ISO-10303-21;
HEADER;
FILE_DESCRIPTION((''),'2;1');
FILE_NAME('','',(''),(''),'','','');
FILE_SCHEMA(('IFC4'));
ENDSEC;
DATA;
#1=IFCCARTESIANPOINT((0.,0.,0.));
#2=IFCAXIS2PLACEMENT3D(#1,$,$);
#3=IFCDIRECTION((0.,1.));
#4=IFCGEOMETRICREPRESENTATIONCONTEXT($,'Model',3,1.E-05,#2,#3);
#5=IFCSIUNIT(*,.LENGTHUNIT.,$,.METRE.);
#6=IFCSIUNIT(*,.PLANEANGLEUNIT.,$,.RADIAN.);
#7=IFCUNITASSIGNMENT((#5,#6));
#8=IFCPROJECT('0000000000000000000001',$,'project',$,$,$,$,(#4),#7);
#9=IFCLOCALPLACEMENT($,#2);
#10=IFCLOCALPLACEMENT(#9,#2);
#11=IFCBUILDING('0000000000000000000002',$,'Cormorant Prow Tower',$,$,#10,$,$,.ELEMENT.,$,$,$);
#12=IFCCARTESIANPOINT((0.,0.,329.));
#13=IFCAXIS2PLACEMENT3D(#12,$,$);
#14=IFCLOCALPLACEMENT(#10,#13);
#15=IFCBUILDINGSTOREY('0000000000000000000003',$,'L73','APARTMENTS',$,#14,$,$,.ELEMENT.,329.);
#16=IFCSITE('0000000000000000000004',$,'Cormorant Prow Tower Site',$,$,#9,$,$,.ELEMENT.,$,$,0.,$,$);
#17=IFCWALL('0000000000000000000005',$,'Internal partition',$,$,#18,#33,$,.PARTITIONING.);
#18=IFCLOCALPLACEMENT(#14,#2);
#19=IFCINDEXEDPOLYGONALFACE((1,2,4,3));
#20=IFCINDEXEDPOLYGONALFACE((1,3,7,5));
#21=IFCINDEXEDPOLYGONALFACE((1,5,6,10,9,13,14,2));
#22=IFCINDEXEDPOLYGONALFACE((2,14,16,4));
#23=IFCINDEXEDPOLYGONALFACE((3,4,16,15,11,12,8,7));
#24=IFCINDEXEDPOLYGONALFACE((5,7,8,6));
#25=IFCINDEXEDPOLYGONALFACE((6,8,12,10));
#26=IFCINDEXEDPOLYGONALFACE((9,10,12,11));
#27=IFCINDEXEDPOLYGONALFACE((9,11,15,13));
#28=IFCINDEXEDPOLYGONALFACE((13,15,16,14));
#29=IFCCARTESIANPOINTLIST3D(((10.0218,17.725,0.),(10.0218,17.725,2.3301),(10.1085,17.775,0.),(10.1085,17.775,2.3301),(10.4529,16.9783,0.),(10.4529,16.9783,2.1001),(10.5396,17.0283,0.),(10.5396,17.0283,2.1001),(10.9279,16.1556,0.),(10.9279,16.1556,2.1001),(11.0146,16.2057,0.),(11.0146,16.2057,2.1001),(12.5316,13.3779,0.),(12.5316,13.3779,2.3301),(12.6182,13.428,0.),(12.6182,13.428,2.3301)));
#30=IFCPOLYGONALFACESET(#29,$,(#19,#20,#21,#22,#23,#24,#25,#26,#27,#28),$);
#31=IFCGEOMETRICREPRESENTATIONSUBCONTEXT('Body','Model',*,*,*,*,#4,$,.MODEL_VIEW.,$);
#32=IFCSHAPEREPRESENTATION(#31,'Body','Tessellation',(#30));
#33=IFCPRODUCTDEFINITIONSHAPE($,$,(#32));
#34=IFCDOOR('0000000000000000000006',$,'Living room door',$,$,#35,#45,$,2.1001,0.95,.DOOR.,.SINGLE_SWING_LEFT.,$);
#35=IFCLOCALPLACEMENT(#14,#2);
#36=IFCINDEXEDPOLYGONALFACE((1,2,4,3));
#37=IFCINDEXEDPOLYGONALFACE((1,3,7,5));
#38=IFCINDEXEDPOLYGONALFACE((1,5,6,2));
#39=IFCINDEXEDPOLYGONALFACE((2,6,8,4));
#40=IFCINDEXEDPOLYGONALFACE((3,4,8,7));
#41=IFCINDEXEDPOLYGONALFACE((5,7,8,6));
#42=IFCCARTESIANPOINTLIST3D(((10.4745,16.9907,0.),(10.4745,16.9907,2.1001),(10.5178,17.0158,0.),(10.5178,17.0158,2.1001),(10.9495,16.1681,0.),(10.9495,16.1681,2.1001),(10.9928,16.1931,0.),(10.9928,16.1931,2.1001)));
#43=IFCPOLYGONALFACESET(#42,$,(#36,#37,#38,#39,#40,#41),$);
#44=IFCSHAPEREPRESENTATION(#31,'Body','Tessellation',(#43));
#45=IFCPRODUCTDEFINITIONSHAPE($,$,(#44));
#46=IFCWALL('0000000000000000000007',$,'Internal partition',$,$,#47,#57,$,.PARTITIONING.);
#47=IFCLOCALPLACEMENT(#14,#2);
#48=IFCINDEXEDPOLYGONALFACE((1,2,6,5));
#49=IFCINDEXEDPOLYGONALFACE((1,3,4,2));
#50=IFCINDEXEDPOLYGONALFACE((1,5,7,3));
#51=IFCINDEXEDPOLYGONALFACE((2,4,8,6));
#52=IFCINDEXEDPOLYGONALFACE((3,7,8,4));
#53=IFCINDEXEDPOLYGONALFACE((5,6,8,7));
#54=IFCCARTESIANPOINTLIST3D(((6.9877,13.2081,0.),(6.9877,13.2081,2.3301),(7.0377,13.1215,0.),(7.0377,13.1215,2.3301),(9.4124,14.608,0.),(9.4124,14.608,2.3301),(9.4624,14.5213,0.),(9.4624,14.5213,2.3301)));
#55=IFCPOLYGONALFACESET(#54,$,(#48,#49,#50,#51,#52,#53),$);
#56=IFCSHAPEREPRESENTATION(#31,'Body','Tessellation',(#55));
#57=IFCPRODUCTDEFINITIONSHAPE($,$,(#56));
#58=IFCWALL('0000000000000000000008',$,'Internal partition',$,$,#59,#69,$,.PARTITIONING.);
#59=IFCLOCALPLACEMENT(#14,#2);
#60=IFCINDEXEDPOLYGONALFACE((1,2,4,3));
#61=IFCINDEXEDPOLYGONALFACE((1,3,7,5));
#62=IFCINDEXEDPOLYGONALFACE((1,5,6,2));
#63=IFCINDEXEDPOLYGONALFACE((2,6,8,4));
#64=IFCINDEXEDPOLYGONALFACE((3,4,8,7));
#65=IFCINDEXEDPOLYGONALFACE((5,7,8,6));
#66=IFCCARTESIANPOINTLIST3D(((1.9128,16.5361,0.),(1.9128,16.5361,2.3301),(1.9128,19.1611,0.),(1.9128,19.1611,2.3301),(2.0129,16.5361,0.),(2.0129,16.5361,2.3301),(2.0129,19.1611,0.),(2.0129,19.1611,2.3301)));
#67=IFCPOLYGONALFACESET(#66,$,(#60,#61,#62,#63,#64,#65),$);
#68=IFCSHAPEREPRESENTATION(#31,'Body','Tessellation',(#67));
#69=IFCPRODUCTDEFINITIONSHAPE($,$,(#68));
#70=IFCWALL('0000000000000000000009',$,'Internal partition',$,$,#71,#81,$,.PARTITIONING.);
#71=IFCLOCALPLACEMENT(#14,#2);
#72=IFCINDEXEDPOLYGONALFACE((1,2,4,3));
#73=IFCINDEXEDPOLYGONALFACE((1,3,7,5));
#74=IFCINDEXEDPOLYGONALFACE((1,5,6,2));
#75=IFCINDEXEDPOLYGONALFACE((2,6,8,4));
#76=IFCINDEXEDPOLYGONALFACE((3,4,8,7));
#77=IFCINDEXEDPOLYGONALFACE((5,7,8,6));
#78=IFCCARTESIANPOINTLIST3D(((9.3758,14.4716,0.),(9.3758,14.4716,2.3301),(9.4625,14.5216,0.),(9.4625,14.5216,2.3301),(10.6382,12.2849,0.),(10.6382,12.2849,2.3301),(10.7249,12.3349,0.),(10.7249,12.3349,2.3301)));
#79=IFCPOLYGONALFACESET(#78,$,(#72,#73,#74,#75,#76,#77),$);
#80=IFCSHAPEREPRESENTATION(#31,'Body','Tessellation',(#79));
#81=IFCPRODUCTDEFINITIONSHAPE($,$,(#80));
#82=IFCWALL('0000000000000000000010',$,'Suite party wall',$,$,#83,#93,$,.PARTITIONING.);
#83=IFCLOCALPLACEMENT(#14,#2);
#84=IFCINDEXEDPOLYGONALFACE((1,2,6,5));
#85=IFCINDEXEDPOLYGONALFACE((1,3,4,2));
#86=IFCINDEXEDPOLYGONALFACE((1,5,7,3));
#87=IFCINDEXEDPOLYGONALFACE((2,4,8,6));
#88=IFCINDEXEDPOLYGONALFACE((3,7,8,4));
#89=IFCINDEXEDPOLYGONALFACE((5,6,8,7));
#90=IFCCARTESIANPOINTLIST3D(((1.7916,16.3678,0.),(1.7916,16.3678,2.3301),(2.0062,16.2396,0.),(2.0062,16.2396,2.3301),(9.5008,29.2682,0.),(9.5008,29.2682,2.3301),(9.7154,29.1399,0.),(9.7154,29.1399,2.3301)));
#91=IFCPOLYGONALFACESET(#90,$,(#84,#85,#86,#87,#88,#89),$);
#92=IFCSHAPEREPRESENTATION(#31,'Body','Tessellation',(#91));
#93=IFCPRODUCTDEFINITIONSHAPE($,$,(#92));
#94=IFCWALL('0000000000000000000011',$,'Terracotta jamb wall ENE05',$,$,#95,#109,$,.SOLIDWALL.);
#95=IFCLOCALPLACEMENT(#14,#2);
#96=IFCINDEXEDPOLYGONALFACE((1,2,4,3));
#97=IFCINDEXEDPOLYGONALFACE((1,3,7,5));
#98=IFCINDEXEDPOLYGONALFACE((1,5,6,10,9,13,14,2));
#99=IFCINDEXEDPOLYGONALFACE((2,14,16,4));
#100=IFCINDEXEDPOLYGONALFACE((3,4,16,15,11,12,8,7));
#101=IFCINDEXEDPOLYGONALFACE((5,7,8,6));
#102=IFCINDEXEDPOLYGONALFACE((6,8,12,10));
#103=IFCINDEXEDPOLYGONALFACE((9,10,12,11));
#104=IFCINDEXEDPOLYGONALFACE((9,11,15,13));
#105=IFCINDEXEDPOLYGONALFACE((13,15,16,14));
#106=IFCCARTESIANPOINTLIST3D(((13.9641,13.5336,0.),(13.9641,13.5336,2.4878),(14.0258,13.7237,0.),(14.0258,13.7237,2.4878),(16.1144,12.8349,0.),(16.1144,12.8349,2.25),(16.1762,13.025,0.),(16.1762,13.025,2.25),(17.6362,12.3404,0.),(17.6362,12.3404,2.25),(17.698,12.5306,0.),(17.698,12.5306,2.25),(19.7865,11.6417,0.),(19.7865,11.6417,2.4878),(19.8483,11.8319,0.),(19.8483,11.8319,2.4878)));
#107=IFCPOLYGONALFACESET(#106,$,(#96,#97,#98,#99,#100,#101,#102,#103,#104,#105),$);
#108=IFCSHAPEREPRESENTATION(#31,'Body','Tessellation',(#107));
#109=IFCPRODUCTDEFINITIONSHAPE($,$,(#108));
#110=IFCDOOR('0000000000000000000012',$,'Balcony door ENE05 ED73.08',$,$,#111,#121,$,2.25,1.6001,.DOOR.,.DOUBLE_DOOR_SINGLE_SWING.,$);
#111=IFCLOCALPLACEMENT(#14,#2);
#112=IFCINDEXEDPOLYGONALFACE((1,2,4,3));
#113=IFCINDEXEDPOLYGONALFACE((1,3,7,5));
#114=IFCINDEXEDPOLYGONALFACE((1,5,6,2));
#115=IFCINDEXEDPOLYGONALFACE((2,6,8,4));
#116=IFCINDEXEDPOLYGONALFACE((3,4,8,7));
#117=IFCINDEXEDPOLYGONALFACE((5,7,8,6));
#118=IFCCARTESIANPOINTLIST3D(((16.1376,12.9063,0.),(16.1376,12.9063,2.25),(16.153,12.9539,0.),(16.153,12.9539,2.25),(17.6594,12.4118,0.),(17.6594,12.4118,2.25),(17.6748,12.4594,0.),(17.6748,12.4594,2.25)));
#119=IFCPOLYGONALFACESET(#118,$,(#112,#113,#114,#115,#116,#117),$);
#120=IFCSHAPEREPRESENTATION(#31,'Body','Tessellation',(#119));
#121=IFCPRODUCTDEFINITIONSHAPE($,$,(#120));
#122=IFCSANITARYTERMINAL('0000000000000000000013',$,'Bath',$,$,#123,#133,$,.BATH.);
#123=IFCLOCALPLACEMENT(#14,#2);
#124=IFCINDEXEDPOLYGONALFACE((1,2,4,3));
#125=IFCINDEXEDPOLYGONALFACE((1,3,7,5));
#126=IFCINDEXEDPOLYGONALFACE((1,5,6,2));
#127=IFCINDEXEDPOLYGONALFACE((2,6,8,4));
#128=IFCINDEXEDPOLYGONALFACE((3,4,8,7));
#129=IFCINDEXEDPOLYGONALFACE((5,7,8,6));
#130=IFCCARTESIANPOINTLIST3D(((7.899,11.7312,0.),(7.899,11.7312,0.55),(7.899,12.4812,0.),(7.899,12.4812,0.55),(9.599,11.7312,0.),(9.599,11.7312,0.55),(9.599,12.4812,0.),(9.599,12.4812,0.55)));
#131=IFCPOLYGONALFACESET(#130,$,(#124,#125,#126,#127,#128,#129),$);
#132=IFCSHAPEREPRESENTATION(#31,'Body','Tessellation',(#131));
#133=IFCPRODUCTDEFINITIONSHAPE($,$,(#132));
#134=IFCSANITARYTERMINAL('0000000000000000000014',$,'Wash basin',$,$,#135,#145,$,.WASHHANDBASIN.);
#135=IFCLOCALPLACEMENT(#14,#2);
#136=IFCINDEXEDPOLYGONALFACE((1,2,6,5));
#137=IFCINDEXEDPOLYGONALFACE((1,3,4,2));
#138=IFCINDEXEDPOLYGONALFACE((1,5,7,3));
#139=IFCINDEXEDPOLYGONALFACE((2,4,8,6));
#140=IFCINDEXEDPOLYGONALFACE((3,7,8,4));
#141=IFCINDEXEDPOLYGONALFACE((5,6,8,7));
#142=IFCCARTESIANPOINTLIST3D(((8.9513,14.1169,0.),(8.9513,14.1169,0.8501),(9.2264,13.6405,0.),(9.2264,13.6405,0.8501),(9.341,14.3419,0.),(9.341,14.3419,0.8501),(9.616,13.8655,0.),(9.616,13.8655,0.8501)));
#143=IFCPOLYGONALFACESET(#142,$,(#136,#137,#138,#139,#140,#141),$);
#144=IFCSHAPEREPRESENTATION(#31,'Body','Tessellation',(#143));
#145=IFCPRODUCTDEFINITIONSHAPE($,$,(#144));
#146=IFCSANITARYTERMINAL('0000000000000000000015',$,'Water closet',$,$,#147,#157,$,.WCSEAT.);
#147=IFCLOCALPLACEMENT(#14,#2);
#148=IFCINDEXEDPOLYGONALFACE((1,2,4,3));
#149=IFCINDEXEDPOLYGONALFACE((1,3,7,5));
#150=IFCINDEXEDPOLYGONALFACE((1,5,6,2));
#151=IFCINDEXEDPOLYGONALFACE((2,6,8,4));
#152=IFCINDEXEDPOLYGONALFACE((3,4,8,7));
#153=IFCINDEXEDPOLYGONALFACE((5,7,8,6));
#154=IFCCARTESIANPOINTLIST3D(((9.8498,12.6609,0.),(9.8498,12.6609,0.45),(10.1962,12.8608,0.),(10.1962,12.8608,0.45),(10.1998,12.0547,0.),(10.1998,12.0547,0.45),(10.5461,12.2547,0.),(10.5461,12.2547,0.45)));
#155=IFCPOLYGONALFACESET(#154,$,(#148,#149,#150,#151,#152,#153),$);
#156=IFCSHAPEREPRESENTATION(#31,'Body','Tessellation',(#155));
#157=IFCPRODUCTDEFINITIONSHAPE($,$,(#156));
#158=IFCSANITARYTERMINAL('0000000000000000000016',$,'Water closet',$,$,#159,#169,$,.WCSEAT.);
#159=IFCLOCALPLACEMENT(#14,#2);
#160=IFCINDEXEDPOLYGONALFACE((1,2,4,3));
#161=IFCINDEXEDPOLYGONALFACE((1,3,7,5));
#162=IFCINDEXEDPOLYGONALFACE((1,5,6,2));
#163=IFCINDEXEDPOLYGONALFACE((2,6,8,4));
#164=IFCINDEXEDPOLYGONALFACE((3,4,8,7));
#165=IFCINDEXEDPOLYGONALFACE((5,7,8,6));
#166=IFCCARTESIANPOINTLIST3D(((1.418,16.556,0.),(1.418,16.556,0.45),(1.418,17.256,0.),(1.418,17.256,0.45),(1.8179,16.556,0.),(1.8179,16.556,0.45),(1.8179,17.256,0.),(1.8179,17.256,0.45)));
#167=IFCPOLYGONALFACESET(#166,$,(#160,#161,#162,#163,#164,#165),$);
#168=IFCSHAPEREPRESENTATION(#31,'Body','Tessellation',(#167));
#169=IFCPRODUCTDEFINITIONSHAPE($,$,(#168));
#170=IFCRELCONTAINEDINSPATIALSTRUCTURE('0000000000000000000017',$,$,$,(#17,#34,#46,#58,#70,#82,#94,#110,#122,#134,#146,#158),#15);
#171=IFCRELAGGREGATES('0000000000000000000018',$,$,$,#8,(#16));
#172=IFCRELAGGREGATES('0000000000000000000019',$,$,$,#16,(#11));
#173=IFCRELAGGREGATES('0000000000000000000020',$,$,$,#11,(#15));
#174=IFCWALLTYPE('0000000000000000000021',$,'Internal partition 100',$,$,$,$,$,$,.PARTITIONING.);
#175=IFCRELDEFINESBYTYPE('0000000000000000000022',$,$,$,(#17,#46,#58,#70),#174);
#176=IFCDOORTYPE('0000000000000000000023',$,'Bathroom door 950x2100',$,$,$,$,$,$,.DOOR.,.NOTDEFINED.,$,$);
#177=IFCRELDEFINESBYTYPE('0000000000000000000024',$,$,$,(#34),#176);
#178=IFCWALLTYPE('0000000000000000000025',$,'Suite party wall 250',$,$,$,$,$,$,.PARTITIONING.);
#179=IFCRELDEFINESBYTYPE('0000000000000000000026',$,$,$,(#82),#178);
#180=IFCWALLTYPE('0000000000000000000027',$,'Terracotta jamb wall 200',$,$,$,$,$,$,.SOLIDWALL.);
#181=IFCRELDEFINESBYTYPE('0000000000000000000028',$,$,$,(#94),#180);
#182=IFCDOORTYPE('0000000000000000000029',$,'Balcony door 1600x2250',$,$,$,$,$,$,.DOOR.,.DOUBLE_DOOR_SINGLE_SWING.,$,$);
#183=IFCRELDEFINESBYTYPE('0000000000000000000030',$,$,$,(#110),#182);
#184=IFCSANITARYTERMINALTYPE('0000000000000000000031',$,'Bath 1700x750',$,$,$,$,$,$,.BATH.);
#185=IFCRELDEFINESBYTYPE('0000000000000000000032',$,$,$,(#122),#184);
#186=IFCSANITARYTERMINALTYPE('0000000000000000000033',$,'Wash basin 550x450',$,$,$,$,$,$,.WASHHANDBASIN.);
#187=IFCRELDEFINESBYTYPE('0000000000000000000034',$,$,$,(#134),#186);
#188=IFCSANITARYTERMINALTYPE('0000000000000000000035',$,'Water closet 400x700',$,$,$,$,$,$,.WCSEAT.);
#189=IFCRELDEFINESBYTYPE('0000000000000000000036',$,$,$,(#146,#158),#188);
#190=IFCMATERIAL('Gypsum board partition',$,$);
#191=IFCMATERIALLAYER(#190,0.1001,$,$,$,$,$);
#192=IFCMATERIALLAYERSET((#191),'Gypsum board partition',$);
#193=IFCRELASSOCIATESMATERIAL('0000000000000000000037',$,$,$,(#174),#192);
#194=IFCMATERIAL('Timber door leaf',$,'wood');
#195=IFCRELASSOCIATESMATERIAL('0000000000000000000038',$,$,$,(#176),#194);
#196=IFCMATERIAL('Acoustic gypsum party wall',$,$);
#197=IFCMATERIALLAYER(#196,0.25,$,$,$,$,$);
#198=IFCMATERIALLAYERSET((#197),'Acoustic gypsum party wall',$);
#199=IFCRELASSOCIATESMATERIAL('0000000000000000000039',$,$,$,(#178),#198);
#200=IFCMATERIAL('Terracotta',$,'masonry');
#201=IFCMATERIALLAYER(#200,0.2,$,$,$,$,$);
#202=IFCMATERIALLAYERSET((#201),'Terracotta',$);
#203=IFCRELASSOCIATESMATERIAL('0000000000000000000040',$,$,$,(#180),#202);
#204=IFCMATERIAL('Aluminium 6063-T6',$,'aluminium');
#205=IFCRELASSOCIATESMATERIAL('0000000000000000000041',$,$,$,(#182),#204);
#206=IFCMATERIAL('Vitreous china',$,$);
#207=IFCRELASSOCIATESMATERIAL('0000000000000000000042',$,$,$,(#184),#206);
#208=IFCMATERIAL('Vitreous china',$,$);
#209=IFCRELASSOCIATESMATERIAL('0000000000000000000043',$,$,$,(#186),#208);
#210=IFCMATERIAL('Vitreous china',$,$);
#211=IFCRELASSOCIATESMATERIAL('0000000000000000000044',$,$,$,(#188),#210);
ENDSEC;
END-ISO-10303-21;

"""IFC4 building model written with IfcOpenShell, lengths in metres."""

from ifc_helpers import new_model, si_unit, direction, frame, frame_2d, origin, origin_2d, place, context, subcontext, project, spatial, rectangle, extrude, material, layer, layer_set, type_object, element, fill, save


model = new_model("IFC4")

# Units and contexts
model_context = context("Model", 3, precision=1e-05, world=origin(), true_north=direction((0.0, 1.0)))
body_context = subcontext(model_context, "Body", "Model", "MODEL_VIEW")
ifc_project = project(units=[si_unit("LENGTHUNIT", "METRE"), si_unit("PLANEANGLEUNIT", "RADIAN")], contexts=[model_context])

# Site, building, storey
site_placement = place(None, origin())
site = spatial("IfcSite", under=ifc_project, at=site_placement, Name="Cormorant Prow Tower Site", CompositionType="ELEMENT", RefElevation=0.0)
building_placement = place(site_placement, origin())
building = spatial("IfcBuilding", under=site, at=building_placement, Name="Cormorant Prow Tower", CompositionType="ELEMENT")
storey_placement = place(building_placement, frame((0.0, 0.0, 329.0)))
storey = spatial("IfcBuildingStorey", under=building, at=storey_placement, Name="L73", Description="APARTMENTS", CompositionType="ELEMENT", Elevation=329.0)

# Shared definitions
ifc_material_1 = material(Name="Gypsum board partition")
ifc_layer_1 = layer(ifc_material_1, 0.1001)
ifc_layer_set_1 = layer_set([ifc_layer_1], Name="Gypsum board partition")
wall_type_1 = type_object("IfcWallType", Name="Internal partition 100", PredefinedType="PARTITIONING", material=ifc_layer_set_1)
ifc_material_2 = material(Name="Timber door leaf", Category="wood")
door_type_1 = type_object("IfcDoorType", Name="Bathroom door 950x2100", OperationType="NOTDEFINED", PredefinedType="DOOR", material=ifc_material_2)

# Wall, opening, door
wall_1_placement = place(storey_placement, frame((10.0652, 17.75, 0.0), z_axis=(0.0, 0.0, 1.0), x_axis=(0.499989, -0.866032, 0.0)))
wall_1 = element("IfcWall", 1, at=wall_1_placement, inside=storey, type_object=wall_type_1, Name="Internal partition", PredefinedType="PARTITIONING", context=body_context, shape_type="SweptSolid", body=[
    extrude(rectangle(XDim=5.0195, YDim=0.1001, at=frame_2d((2.5098, 0.0))), origin(), (0.0, 0.0, 1.0), 2.3301),
])
opening_1_placement = place(wall_1_placement, frame((0.8621, 0.0, 0.0)))
opening_1 = element("IfcOpeningElement", 2, at=opening_1_placement, cuts=wall_1, PredefinedType="OPENING", context=body_context, shape_type="SweptSolid", body=[
    extrude(rectangle(XDim=0.95, YDim=2.1001, at=frame_2d((0.4751, 1.05))), frame((0.0, 0.0601, 0.0), z_axis=(0.0, -1.0, 0.0), x_axis=(1.0, 0.0, 0.0)), (0.0, 0.0, 1.0), 0.1201),
])
door_1_placement = place(opening_1_placement, origin())
door_1 = element("IfcDoor", 3, at=door_1_placement, inside=storey, type_object=door_type_1, Name="Living room door", OperationType="SINGLE_SWING_LEFT", OverallHeight=2.1001, OverallWidth=0.95, PredefinedType="DOOR", context=body_context, shape_type="SweptSolid", body=[
    extrude(rectangle(XDim=0.95, YDim=2.1001, at=frame_2d((0.4751, 1.05))), frame((0.0, 0.0249, 0.0), z_axis=(0.0, -1.0, 0.0), x_axis=(1.0, 0.0, 0.0)), (0.0, 0.0, 1.0), 0.05),
])
fill(opening_1, door_1)

# Walls
wall_2_placement = place(storey_placement, frame((7.0127, 13.1648, 0.0), z_axis=(0.0, 0.0, 1.0), x_axis=(0.866035, 0.499984, 0.0)))
element("IfcWall", 4, at=wall_2_placement, inside=storey, type_object=wall_type_1, Name="Internal partition", PredefinedType="PARTITIONING", context=body_context, shape_type="SweptSolid", body=[
    extrude(rectangle(XDim=2.7998, YDim=0.1001, at=frame_2d((1.3999, 0.0))), origin(), (0.0, 0.0, 1.0), 2.3301),
])
wall_3_placement = place(storey_placement, frame((1.9629, 16.5361, 0.0), z_axis=(0.0, 0.0, 1.0), x_axis=(0.0, 1.0, 0.0)))
element("IfcWall", 5, at=wall_3_placement, inside=storey, type_object=wall_type_1, Name="Internal partition", PredefinedType="PARTITIONING", context=body_context, shape_type="SweptSolid", body=[
    extrude(rectangle(XDim=2.625, YDim=0.1001, at=frame_2d((1.3125, 0.0))), origin(), (0.0, 0.0, 1.0), 2.3301),
])
wall_4_placement = place(storey_placement, frame((9.4192, 14.4966, 0.0), z_axis=(0.0, 0.0, 1.0), x_axis=(0.499976, -0.866039, 0.0)))
element("IfcWall", 6, at=wall_4_placement, inside=storey, type_object=wall_type_1, Name="Internal partition", PredefinedType="PARTITIONING", context=body_context, shape_type="SweptSolid", body=[
    extrude(rectangle(XDim=2.5249, YDim=0.1001, at=frame_2d((1.2625, 0.0))), origin(), (0.0, 0.0, 1.0), 2.3301),
])
ifc_material_3 = material(Name="Acoustic gypsum party wall")
ifc_layer_2 = layer(ifc_material_3, 0.25)
ifc_layer_set_2 = layer_set([ifc_layer_2], Name="Acoustic gypsum party wall")
wall_type_2 = type_object("IfcWallType", Name="Suite party wall 250", PredefinedType="PARTITIONING", material=ifc_layer_set_2)
wall_5_placement = place(storey_placement, frame((1.8989, 16.3037, 0.0), z_axis=(0.0, 0.0, 1.0), x_axis=(0.512978, 0.858402, 0.0)))
element("IfcWall", 7, at=wall_5_placement, inside=storey, type_object=wall_type_2, Name="Suite party wall", PredefinedType="PARTITIONING", context=body_context, shape_type="SweptSolid", body=[
    extrude(rectangle(XDim=15.0283, YDim=0.25, at=frame_2d((7.5142, 0.0))), origin(), (0.0, 0.0, 1.0), 2.3301),
])

# Wall, opening, door
ifc_material_4 = material(Name="Terracotta", Category="masonry")
ifc_layer_3 = layer(ifc_material_4, 0.2)
ifc_layer_set_3 = layer_set([ifc_layer_3], Name="Terracotta")
wall_type_3 = type_object("IfcWallType", Name="Terracotta jamb wall 200", PredefinedType="SOLIDWALL", material=ifc_layer_set_3)
wall_6_placement = place(storey_placement, frame((19.8174, 11.7368, 0.0), z_axis=(0.0, 0.0, 1.0), x_axis=(-0.951057, 0.309017, 0.0)))
wall_6 = element("IfcWall", 8, at=wall_6_placement, inside=storey, type_object=wall_type_3, Name="Terracotta jamb wall ENE05", PredefinedType="SOLIDWALL", context=body_context, shape_type="SweptSolid", body=[
    extrude(rectangle(XDim=6.1221, YDim=0.2, at=frame_2d((3.061, 0.0))), origin(), (0.0, 0.0, 1.0), 2.4878),
])
opening_2_placement = place(wall_6_placement, frame((2.261, 0.0, 0.0)))
opening_2 = element("IfcOpeningElement", 9, at=opening_2_placement, cuts=wall_6, PredefinedType="OPENING", context=body_context, shape_type="SweptSolid", body=[
    extrude(rectangle(XDim=1.6001, YDim=2.25, at=frame_2d((0.8, 1.125))), frame((0.0, 0.1099, 0.0), z_axis=(0.0, -1.0, 0.0), x_axis=(1.0, 0.0, 0.0)), (0.0, 0.0, 1.0), 0.22),
])
ifc_material_5 = material(Name="Aluminium 6063-T6", Category="aluminium")
door_type_2 = type_object("IfcDoorType", Name="Balcony door 1600x2250", OperationType="DOUBLE_DOOR_SINGLE_SWING", PredefinedType="DOOR", material=ifc_material_5)
door_2_placement = place(opening_2_placement, origin())
door_2 = element("IfcDoor", 10, at=door_2_placement, inside=storey, type_object=door_type_2, Name="Balcony door ENE05 ED73.08", OperationType="DOUBLE_DOOR_SINGLE_SWING", OverallHeight=2.25, OverallWidth=1.6001, PredefinedType="DOOR", context=body_context, shape_type="SweptSolid", body=[
    extrude(rectangle(XDim=1.6001, YDim=2.25, at=frame_2d((0.8, 1.125))), frame((0.0, 0.0249, 0.0), z_axis=(0.0, -1.0, 0.0), x_axis=(1.0, 0.0, 0.0)), (0.0, 0.0, 1.0), 0.05),
])
fill(opening_2, door_2)

# Sanitary terminals
ifc_material_6 = material(Name="Vitreous china")
sanitary_terminal_type_1 = type_object("IfcSanitaryTerminalType", Name="Bath 1700x750", PredefinedType="BATH", material=ifc_material_6)
sanitary_terminal_1_placement = place(storey_placement, frame((8.749, 12.1062, 0.0), z_axis=(0.0, 0.0, 1.0), x_axis=(1.0, 0.0, 0.0)))
element("IfcSanitaryTerminal", 11, at=sanitary_terminal_1_placement, inside=storey, type_object=sanitary_terminal_type_1, Name="Bath", PredefinedType="BATH", context=body_context, shape_type="SweptSolid", body=[
    extrude(rectangle(XDim=1.7, YDim=0.75, at=origin_2d()), origin(), (0.0, 0.0, 1.0), 0.55),
])
ifc_material_7 = material(Name="Vitreous china")
sanitary_terminal_type_2 = type_object("IfcSanitaryTerminalType", Name="Wash basin 550x450", PredefinedType="WASHHANDBASIN", material=ifc_material_7)
sanitary_terminal_2_placement = place(storey_placement, frame((9.2837, 13.9912, 0.0), z_axis=(0.0, 0.0, 1.0), x_axis=(0.5, -0.866025, 0.0)))
element("IfcSanitaryTerminal", 12, at=sanitary_terminal_2_placement, inside=storey, type_object=sanitary_terminal_type_2, Name="Wash basin", PredefinedType="WASHHANDBASIN", context=body_context, shape_type="SweptSolid", body=[
    extrude(rectangle(XDim=0.55, YDim=0.45, at=origin_2d()), origin(), (0.0, 0.0, 1.0), 0.8501),
])
ifc_material_8 = material(Name="Vitreous china")
sanitary_terminal_type_3 = type_object("IfcSanitaryTerminalType", Name="Water closet 400x700", PredefinedType="WCSEAT", material=ifc_material_8)
for number, where, z_axis, x_axis, name in (
    (13, (10.198, 12.4578, 0.0), (0.0, 0.0, 1.0), (-0.866025, -0.5, 0.0), "Water closet"),
    (14, (1.6179, 16.906, 0.0), (0.0, 0.0, 1.0), (-1.0, 0.0, 0.0), "Water closet"),
):
    element("IfcSanitaryTerminal", number, at=place(storey_placement, frame(where, z_axis=z_axis, x_axis=x_axis)), inside=storey, type_object=sanitary_terminal_type_3, Name=name, PredefinedType="WCSEAT", context=body_context, shape_type="SweptSolid", body=[
        extrude(rectangle(XDim=0.3999, YDim=0.7, at=origin_2d()), origin(), (0.0, 0.0, 1.0), 0.45),
    ])

save(model, "model.ifc")
